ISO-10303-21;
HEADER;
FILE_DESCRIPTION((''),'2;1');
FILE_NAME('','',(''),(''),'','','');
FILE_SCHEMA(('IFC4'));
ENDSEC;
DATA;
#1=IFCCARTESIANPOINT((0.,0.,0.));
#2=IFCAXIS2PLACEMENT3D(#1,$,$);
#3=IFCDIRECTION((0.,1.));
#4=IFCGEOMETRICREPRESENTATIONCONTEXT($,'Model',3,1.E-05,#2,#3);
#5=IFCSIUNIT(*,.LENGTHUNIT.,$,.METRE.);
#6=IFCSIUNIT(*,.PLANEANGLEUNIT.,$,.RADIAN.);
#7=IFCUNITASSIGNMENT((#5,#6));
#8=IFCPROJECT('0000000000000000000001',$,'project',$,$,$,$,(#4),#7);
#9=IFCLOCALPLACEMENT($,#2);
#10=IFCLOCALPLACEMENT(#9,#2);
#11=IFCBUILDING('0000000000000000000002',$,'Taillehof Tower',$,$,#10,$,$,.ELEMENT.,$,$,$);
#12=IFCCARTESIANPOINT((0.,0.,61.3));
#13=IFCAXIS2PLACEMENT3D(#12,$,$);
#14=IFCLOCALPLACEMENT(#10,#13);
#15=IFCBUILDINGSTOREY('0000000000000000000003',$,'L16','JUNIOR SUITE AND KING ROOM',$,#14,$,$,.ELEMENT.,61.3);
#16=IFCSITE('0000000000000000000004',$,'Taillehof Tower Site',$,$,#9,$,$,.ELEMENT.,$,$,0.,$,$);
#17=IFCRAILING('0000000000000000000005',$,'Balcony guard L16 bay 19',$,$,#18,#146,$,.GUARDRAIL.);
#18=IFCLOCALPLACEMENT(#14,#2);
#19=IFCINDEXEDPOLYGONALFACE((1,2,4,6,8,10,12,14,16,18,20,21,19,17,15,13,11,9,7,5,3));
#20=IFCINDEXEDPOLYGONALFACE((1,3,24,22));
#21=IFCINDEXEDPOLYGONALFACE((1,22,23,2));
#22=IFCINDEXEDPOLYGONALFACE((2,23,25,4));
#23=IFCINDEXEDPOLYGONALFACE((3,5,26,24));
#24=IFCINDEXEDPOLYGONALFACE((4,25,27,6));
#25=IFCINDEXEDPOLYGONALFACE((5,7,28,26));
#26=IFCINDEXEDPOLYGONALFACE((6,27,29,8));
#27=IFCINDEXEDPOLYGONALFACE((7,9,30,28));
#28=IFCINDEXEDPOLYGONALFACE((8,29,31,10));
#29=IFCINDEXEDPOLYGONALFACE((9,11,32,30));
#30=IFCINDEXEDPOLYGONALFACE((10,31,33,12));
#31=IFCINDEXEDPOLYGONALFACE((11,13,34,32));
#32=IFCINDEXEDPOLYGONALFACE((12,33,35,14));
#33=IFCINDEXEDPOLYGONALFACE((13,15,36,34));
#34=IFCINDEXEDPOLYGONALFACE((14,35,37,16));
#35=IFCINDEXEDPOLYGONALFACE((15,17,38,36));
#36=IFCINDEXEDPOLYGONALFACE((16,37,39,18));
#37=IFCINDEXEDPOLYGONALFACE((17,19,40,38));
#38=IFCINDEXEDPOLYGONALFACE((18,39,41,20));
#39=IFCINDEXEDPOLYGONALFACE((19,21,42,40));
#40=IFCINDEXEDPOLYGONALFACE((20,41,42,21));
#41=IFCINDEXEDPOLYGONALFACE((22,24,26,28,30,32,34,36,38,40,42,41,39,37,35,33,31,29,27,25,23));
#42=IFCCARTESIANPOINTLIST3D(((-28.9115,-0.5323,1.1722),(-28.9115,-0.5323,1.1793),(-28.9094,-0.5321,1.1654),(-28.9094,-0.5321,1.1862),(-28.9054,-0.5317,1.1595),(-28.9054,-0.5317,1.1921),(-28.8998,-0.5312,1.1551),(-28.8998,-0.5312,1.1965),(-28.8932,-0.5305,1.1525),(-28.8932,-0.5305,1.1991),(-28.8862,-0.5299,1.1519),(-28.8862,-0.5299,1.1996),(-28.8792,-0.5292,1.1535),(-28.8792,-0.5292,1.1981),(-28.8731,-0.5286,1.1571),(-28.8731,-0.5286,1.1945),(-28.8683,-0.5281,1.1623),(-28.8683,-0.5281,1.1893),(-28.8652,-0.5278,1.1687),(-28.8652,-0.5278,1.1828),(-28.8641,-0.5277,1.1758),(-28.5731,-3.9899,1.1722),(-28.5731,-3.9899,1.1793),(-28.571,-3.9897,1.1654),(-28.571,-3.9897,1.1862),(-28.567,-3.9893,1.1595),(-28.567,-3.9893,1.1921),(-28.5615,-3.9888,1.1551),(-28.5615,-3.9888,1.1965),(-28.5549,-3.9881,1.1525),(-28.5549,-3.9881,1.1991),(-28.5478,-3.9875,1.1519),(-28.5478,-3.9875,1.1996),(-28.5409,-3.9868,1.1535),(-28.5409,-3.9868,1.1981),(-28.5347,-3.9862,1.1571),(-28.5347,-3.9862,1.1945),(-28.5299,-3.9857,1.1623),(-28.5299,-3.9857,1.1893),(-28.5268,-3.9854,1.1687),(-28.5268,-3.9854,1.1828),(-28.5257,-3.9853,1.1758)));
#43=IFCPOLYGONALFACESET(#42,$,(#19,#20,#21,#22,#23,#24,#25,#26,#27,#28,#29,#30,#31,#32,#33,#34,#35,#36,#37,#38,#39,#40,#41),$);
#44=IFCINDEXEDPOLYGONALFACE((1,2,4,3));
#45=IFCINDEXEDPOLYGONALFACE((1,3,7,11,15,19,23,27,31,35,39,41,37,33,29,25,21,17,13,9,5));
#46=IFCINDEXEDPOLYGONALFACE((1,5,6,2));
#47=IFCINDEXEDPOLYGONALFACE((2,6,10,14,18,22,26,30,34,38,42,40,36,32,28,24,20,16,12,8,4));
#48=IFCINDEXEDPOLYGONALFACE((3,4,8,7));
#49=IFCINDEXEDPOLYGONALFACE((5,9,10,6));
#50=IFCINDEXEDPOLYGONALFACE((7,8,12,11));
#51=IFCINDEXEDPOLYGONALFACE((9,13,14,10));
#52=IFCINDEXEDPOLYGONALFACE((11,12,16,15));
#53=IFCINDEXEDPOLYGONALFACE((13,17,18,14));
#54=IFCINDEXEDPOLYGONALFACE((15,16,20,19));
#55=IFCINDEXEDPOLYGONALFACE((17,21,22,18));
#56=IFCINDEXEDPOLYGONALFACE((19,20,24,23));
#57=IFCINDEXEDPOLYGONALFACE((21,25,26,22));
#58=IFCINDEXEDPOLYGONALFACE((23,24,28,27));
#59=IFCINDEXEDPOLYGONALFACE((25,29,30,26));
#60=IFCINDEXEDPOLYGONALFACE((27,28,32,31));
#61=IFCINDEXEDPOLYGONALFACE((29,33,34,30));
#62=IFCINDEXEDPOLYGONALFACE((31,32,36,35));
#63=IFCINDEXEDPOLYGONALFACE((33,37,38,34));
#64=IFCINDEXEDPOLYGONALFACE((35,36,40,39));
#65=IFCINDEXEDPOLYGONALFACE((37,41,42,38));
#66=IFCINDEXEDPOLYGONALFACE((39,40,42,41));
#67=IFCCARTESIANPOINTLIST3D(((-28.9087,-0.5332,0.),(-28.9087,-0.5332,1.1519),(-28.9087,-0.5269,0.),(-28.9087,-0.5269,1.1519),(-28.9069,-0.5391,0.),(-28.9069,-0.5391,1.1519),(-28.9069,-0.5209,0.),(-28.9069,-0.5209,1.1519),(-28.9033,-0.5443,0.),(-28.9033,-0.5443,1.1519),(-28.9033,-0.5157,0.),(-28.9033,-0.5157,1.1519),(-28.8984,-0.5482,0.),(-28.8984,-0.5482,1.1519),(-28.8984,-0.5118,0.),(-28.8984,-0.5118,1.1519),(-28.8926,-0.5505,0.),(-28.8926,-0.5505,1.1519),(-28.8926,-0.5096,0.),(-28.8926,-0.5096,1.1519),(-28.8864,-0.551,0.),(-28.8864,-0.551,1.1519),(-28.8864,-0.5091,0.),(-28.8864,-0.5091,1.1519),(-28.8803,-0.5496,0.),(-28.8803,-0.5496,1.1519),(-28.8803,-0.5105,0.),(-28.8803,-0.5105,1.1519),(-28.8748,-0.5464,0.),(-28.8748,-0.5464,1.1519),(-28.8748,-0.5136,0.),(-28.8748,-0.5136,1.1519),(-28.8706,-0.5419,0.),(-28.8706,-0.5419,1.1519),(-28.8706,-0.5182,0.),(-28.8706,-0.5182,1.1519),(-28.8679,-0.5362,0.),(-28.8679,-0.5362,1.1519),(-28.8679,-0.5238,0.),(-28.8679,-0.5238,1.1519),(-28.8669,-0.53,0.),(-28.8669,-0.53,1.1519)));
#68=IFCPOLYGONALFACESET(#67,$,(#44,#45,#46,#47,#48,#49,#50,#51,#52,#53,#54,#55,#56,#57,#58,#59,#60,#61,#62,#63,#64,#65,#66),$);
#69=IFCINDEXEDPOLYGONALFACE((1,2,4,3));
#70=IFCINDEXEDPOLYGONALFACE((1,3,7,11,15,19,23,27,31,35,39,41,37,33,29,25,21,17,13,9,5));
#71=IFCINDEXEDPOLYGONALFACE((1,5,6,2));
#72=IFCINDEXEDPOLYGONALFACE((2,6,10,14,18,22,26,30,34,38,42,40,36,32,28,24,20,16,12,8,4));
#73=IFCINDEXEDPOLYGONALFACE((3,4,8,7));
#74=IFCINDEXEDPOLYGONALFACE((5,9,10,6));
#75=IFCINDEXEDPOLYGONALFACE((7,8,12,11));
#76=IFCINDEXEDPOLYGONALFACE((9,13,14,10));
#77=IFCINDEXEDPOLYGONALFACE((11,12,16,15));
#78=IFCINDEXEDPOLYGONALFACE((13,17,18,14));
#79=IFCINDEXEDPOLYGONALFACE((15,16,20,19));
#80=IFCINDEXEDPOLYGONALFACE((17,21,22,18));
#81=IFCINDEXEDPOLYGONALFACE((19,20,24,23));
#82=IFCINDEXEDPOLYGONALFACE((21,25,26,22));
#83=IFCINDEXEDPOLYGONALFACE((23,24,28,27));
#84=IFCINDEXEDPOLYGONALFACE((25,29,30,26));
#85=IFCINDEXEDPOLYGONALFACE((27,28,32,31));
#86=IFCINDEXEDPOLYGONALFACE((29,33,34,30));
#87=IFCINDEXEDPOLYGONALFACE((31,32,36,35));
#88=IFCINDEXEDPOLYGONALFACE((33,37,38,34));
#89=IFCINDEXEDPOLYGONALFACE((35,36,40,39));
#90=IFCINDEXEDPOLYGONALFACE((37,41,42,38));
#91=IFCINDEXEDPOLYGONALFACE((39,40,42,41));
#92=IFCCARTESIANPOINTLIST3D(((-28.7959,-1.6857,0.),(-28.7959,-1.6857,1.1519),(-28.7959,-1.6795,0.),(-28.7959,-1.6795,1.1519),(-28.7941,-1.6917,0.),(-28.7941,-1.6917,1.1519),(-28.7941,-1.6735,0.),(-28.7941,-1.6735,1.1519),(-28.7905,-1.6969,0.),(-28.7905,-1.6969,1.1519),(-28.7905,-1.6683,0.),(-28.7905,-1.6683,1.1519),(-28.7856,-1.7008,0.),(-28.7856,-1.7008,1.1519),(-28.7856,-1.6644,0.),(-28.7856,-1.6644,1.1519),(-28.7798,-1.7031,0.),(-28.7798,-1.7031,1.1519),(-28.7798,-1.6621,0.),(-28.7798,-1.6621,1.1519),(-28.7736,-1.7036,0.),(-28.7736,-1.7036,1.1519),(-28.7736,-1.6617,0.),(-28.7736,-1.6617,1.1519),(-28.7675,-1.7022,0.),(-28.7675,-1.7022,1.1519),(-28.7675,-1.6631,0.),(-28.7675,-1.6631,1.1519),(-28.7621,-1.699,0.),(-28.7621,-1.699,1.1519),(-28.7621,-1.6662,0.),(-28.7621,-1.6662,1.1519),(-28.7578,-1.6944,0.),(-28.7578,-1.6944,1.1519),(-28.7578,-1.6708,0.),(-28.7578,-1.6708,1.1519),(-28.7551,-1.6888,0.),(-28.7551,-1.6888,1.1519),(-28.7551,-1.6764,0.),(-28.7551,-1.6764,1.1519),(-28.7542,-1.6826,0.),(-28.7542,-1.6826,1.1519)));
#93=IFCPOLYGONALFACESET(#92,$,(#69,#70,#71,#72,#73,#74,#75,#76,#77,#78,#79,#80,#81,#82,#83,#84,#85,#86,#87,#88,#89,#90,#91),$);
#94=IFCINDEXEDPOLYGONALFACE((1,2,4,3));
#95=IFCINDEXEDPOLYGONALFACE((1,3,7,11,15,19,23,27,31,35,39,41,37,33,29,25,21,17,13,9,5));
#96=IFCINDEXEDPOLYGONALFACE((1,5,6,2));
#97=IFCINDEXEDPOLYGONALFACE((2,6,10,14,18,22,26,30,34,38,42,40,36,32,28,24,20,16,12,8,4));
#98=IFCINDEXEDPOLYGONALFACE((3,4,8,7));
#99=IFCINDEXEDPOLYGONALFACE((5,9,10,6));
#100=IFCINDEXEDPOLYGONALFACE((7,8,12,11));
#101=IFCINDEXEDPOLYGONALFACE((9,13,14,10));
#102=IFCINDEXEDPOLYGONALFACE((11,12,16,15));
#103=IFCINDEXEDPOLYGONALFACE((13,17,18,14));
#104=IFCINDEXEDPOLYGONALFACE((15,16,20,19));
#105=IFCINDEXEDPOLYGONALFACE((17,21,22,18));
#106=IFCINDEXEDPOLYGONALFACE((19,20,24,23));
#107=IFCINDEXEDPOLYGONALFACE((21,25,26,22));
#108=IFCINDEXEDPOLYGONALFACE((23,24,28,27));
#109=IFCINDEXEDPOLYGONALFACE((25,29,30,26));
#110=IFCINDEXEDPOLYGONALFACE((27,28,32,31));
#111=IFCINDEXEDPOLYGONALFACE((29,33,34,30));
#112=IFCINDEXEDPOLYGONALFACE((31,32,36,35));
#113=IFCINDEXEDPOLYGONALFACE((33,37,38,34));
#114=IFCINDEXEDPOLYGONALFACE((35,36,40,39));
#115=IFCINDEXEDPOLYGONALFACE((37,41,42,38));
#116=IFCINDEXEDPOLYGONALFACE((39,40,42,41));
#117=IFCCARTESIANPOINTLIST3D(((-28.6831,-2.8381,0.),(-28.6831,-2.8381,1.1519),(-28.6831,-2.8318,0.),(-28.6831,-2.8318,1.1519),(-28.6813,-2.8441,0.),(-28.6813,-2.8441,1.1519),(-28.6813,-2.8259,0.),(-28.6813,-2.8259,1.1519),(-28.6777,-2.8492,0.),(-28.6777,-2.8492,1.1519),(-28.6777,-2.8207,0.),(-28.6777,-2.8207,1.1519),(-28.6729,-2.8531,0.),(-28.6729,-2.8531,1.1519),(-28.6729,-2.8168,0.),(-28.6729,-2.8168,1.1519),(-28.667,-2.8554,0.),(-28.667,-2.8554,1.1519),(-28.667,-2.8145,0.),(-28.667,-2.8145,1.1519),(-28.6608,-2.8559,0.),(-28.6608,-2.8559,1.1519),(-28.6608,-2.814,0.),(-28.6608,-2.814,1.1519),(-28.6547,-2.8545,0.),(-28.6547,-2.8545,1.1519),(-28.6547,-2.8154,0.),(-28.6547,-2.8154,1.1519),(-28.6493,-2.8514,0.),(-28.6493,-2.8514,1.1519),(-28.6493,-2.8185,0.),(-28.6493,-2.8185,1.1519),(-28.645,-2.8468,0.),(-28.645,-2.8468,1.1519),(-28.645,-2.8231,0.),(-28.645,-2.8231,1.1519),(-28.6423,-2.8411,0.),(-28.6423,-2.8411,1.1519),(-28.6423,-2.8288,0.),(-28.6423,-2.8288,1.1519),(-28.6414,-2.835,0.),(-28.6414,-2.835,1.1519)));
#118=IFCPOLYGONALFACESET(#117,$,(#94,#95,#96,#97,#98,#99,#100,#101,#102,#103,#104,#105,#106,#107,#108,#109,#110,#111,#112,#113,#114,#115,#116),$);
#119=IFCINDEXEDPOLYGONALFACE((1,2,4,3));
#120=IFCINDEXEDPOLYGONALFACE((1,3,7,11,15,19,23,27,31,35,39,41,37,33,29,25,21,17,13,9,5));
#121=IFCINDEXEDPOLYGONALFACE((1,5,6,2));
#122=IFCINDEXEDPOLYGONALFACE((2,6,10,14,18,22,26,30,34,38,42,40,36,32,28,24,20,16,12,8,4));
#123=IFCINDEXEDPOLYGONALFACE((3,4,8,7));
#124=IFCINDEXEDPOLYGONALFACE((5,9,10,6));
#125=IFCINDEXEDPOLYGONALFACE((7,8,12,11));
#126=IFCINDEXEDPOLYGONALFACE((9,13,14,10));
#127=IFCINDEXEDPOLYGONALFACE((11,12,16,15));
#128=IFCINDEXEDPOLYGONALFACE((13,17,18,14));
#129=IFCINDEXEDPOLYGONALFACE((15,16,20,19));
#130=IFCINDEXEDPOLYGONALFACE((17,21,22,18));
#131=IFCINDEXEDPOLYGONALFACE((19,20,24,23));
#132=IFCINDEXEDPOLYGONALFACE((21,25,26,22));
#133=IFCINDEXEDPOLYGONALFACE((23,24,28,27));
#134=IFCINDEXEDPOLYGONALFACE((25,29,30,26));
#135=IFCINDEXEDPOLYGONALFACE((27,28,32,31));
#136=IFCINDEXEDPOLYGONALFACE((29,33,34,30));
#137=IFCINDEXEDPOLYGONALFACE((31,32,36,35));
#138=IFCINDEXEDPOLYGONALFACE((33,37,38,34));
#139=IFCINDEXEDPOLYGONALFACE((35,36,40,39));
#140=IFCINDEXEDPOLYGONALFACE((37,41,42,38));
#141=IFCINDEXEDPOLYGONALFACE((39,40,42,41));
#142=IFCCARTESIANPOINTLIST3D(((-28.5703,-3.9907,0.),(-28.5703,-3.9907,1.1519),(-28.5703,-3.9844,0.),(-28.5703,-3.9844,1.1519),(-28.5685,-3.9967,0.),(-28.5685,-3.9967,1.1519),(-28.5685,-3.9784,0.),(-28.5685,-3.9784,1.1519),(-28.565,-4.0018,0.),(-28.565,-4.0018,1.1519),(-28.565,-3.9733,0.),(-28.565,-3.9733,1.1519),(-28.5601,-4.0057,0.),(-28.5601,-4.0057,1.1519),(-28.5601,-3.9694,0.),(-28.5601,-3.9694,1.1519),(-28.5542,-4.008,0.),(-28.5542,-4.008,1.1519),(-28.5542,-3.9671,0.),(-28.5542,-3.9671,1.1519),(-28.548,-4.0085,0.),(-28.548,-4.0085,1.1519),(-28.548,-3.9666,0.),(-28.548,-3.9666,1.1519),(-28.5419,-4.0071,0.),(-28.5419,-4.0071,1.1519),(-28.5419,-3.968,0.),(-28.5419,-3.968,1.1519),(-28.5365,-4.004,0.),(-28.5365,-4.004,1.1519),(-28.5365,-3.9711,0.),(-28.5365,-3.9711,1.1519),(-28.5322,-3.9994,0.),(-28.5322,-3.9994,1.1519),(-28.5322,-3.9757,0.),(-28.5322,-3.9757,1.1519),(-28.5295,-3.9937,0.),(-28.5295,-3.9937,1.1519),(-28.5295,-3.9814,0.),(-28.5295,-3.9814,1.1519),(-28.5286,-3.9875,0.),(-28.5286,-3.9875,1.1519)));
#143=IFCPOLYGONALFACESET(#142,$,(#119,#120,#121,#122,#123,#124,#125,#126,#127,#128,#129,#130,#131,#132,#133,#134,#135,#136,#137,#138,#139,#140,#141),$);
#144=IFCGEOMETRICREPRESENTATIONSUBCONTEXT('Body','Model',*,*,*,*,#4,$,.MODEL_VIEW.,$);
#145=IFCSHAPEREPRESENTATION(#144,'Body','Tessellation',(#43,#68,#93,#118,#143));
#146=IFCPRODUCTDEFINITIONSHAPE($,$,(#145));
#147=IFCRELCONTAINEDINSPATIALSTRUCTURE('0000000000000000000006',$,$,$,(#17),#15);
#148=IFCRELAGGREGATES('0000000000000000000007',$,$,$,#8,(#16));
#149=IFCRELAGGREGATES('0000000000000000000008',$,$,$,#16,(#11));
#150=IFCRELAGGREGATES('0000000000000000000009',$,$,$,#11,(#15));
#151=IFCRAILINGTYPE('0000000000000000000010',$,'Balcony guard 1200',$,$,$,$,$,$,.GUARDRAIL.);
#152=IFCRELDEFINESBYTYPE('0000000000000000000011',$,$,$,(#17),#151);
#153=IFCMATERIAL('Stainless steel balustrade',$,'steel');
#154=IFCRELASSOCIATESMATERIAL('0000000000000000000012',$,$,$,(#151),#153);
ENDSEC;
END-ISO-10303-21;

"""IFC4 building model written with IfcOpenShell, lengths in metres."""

from ifc_helpers import new_model, si_unit, direction, frame, origin, origin_2d, place, context, subcontext, project, spatial, circle, extrude, material, type_object, element, save


model = new_model("IFC4")

# Units and contexts
model_context = context("Model", 3, precision=1e-05, world=origin(), true_north=direction((0.0, 1.0)))
body_context = subcontext(model_context, "Body", "Model", "MODEL_VIEW")
ifc_project = project(units=[si_unit("LENGTHUNIT", "METRE"), si_unit("PLANEANGLEUNIT", "RADIAN")], contexts=[model_context])

# Site, building, storey
site_placement = place(None, origin())
site = spatial("IfcSite", under=ifc_project, at=site_placement, Name="Taillehof Tower Site", CompositionType="ELEMENT", RefElevation=0.0)
building_placement = place(site_placement, origin())
building = spatial("IfcBuilding", under=site, at=building_placement, Name="Taillehof Tower", CompositionType="ELEMENT")
storey_placement = place(building_placement, frame((0.0, 0.0, 61.3)))
storey = spatial("IfcBuildingStorey", under=building, at=storey_placement, Name="L16", Description="JUNIOR SUITE AND KING ROOM", CompositionType="ELEMENT", Elevation=61.3)

# Railing
ifc_material_1 = material(Name="Stainless steel balustrade", Category="steel")
railing_type = type_object("IfcRailingType", Name="Balcony guard 1200", PredefinedType="GUARDRAIL", material=ifc_material_1)
railing_1_placement = place(storey_placement, frame((-28.8879, -0.53, 0.0)))
element("IfcRailing", 1, at=railing_1_placement, inside=storey, type_object=railing_type, Name="Balcony guard L16 bay 19", PredefinedType="GUARDRAIL", context=body_context, shape_type="SweptSolid", body=[
    extrude(circle(Radius=0.0239, at=origin_2d()), frame((0.0, 0.0, 1.1758), z_axis=(0.097402, -0.995245, 0.0), x_axis=(0.995245, 0.097402, 0.0)), (0.0, 0.0, 1.0), 3.4741),
    extrude(circle(Radius=0.021, at=origin_2d()), origin(), (0.0, 0.0, 1.0), 1.1519),
    extrude(circle(Radius=0.021, at=origin_2d()), frame((0.1128, -1.1526, 0.0)), (0.0, 0.0, 1.0), 1.1519),
    extrude(circle(Radius=0.021, at=origin_2d()), frame((0.2256, -2.3049, 0.0)), (0.0, 0.0, 1.0), 1.1519),
    extrude(circle(Radius=0.021, at=origin_2d()), frame((0.3384, -3.4575, 0.0)), (0.0, 0.0, 1.0), 1.1519),
])

save(model, "model.ifc")
